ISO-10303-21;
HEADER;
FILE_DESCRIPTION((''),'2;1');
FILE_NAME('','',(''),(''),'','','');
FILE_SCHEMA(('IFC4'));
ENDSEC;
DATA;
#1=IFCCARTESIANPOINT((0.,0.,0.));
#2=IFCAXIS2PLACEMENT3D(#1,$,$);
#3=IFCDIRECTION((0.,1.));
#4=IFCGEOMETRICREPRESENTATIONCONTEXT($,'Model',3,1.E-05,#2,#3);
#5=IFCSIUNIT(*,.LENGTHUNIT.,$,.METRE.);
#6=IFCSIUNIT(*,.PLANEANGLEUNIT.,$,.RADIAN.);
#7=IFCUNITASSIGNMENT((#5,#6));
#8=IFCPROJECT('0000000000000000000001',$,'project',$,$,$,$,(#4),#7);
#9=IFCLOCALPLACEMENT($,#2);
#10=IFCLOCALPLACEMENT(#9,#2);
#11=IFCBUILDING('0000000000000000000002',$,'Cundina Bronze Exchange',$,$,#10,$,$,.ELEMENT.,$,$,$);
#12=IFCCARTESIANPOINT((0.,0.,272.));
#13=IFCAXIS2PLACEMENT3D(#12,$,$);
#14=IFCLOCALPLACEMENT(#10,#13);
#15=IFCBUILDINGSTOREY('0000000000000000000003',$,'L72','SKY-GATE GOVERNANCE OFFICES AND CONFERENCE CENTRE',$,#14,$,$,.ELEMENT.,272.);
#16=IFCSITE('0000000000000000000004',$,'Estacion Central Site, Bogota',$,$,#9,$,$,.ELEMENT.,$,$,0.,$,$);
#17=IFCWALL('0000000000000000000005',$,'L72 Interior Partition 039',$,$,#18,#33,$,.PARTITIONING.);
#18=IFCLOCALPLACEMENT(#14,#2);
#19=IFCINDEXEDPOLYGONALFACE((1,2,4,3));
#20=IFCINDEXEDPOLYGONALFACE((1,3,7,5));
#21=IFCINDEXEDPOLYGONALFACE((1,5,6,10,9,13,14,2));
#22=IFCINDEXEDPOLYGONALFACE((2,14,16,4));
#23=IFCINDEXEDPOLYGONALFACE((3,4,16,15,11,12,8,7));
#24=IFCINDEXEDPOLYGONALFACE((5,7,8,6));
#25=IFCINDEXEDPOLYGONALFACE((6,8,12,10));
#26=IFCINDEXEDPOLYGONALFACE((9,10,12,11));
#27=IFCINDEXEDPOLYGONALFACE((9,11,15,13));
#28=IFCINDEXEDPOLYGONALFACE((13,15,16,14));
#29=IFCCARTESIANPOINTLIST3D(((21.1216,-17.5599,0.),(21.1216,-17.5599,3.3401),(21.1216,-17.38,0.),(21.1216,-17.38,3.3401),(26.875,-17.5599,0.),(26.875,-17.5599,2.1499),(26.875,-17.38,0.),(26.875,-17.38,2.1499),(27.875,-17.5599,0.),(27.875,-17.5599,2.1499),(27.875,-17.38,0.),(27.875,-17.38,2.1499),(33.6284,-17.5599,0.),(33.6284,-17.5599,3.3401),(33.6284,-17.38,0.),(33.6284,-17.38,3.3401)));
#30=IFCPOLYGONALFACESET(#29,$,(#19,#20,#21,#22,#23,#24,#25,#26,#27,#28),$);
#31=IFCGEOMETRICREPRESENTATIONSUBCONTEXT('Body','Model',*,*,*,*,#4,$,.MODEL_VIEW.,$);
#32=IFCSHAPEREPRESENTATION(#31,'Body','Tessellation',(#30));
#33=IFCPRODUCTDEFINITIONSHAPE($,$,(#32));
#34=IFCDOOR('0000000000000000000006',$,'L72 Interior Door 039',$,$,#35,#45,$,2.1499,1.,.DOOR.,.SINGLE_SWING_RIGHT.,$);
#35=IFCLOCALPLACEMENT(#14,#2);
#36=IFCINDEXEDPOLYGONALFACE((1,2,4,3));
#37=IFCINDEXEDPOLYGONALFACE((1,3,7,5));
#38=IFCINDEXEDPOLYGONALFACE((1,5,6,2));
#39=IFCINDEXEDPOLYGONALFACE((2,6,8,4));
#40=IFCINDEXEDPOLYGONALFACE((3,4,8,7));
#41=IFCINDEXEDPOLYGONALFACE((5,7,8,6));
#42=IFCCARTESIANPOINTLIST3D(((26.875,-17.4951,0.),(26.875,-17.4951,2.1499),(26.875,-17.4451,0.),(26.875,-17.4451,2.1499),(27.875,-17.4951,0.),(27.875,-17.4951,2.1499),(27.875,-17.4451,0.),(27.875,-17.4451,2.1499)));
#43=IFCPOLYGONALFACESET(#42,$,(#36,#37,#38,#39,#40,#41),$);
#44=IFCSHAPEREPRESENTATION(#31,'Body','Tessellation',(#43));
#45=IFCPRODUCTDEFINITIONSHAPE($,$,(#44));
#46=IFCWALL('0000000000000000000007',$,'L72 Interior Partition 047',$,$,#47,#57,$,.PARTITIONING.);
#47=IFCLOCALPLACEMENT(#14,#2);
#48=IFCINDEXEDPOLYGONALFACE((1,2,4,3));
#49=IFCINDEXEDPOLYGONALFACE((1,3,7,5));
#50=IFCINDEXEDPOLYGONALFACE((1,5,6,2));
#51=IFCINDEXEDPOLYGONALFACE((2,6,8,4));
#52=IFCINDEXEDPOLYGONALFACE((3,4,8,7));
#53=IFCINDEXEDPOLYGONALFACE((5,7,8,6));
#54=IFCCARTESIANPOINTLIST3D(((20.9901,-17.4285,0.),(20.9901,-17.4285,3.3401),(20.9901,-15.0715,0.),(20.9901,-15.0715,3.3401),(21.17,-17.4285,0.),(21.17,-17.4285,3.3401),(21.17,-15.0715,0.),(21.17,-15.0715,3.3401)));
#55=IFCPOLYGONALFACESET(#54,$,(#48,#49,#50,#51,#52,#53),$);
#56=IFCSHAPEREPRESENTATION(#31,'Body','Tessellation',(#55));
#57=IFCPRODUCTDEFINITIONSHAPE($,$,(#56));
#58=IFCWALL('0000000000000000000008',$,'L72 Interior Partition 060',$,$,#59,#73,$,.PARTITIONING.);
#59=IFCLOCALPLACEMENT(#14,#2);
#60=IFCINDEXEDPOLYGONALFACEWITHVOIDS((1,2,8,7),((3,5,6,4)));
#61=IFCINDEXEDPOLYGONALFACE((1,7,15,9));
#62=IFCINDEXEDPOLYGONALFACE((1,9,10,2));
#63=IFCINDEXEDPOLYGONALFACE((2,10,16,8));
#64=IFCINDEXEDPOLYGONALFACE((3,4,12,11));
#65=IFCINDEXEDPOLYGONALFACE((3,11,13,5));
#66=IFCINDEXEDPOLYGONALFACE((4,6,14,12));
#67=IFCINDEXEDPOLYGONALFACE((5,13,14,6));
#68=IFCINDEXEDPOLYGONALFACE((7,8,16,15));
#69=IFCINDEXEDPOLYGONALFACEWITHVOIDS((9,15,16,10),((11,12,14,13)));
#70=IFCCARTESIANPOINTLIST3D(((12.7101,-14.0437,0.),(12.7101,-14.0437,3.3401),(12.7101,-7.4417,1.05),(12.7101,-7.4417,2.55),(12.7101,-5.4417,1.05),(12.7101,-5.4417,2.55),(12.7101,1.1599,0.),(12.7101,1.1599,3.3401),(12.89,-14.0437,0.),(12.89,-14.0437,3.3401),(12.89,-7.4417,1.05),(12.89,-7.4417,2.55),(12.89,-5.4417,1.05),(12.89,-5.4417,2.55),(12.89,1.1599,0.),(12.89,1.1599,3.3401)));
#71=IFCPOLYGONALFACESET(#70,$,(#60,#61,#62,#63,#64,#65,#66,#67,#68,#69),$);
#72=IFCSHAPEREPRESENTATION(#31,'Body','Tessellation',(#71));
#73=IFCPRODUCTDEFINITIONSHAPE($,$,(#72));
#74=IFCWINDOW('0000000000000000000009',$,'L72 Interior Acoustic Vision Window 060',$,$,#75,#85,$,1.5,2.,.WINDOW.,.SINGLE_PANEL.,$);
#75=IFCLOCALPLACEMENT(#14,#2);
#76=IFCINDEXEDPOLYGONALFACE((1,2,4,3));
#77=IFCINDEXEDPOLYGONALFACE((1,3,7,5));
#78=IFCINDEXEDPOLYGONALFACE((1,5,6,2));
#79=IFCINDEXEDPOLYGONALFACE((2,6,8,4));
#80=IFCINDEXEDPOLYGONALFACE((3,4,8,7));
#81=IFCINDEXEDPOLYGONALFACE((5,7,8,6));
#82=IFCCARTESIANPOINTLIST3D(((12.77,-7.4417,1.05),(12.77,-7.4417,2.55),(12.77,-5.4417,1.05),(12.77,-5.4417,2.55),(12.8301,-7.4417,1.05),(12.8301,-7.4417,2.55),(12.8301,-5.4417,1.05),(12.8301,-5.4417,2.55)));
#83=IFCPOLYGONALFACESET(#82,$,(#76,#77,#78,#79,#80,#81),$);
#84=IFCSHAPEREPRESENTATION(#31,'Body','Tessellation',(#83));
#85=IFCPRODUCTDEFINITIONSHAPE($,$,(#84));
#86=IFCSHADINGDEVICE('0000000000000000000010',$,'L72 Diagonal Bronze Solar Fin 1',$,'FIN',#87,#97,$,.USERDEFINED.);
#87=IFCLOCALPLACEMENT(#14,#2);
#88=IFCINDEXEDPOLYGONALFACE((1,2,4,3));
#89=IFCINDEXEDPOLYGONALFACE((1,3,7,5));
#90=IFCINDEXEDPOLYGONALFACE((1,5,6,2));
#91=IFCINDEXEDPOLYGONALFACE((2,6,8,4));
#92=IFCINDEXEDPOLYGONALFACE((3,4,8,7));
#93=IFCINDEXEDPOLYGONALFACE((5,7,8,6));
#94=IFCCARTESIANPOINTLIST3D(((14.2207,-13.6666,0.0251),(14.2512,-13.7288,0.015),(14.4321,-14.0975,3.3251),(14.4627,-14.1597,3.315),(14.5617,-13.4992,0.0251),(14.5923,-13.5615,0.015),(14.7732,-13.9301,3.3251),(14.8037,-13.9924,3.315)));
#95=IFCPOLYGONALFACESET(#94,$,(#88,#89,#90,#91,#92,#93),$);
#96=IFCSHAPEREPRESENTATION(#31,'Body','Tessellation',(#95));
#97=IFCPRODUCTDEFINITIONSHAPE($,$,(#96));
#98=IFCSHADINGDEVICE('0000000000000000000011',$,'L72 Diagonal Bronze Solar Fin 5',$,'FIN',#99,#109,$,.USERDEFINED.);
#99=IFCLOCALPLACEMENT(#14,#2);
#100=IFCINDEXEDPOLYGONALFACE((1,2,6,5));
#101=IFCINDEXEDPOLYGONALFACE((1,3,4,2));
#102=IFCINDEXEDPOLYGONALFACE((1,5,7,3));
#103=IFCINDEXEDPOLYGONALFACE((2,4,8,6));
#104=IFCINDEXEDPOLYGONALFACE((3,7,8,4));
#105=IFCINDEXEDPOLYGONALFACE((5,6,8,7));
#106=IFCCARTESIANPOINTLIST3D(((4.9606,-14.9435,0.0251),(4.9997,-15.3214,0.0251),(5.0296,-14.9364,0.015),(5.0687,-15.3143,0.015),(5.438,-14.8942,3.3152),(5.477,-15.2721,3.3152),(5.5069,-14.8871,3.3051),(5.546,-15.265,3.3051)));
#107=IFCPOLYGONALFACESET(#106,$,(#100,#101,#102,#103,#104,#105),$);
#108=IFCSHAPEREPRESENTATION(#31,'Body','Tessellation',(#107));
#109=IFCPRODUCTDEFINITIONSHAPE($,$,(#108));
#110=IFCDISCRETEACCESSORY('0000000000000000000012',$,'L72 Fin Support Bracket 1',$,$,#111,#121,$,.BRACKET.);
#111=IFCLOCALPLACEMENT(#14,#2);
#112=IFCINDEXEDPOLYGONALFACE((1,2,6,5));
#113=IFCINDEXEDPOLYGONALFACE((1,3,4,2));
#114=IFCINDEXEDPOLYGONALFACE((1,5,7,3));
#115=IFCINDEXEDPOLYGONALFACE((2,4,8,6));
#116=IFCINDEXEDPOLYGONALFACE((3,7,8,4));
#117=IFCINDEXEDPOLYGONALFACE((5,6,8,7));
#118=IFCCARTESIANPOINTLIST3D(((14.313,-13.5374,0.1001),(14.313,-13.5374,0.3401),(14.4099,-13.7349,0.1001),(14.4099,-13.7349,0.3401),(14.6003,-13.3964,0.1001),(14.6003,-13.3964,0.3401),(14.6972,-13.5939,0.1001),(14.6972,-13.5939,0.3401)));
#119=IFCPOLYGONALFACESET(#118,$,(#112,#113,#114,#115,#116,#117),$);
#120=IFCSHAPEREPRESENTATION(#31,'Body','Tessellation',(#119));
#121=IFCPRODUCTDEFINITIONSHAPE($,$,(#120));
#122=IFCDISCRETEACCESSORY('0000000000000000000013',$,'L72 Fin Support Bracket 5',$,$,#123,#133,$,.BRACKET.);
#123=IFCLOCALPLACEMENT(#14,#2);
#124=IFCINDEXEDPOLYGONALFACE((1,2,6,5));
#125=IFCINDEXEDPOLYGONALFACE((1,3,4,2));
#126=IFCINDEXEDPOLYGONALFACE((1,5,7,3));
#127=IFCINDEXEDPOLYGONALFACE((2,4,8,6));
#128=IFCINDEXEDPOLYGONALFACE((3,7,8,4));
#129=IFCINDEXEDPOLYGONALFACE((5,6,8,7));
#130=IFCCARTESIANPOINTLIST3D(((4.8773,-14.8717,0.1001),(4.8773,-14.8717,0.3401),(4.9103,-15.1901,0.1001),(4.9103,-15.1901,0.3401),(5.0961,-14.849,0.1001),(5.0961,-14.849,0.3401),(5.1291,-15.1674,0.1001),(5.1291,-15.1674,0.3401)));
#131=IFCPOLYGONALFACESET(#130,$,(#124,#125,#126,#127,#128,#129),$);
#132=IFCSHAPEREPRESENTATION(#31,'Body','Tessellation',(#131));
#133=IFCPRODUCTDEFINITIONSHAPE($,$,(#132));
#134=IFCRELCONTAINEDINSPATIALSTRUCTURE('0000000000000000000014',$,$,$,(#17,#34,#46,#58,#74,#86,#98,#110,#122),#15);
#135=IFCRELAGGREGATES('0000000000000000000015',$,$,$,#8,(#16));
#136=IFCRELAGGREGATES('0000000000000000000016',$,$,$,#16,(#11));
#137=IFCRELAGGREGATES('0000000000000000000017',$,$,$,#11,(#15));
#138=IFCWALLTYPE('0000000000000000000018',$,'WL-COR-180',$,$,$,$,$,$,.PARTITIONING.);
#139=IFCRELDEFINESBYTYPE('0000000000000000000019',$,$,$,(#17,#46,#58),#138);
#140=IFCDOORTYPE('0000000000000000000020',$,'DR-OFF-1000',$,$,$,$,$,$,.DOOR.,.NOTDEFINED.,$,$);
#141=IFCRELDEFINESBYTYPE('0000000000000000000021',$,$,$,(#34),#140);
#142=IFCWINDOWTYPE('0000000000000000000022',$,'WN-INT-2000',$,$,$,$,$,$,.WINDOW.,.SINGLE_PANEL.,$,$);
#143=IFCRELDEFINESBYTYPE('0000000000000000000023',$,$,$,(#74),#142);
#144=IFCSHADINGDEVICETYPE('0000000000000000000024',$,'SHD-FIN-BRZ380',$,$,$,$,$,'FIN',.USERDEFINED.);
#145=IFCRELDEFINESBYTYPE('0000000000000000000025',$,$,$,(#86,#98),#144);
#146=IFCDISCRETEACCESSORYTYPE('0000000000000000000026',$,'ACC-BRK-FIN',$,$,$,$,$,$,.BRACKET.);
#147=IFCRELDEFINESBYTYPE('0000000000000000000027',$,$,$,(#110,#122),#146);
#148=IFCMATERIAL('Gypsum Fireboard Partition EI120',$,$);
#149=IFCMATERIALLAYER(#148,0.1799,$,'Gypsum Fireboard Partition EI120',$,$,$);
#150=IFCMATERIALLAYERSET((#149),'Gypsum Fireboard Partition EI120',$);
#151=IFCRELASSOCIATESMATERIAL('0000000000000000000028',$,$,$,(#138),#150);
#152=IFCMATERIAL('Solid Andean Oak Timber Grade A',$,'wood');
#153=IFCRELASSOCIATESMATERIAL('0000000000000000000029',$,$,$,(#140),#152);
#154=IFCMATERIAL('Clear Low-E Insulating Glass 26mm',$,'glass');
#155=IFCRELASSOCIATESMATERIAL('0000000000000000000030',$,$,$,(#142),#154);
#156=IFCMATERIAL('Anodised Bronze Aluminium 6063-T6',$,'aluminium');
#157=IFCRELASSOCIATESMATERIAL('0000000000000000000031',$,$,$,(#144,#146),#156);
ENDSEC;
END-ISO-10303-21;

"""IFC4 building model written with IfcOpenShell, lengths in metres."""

from ifc_helpers import new_model, si_unit, direction, frame, frame_2d, origin, origin_2d, place, context, subcontext, project, spatial, rectangle, extrude, material, layer, layer_set, material_profile, profile_set, type_object, element, fill, save


model = new_model("IFC4")

# Units and contexts
model_context = context("Model", 3, precision=1e-05, world=origin(), true_north=direction((0.0, 1.0)))
body_context = subcontext(model_context, "Body", "Model", "MODEL_VIEW")
ifc_project = project(units=[si_unit("LENGTHUNIT", "METRE"), si_unit("PLANEANGLEUNIT", "RADIAN")], contexts=[model_context])

# Site, building, storey
site_placement = place(None, origin())
site = spatial("IfcSite", under=ifc_project, at=site_placement, Name="Estacion Central Site, Bogota", CompositionType="ELEMENT", RefElevation=0.0)
building_placement = place(site_placement, origin())
building = spatial("IfcBuilding", under=site, at=building_placement, Name="Cundina Bronze Exchange", CompositionType="ELEMENT")
storey_placement = place(building_placement, frame((0.0, 0.0, 272.0)))
storey = spatial("IfcBuildingStorey", under=building, at=storey_placement, Name="L72", Description="SKY-GATE GOVERNANCE OFFICES AND CONFERENCE CENTRE", CompositionType="ELEMENT", Elevation=272.0)

# Shared definitions
ifc_material_1 = material(Name="Anodised Bronze Aluminium 6063-T6", Category="aluminium")

# Shared definitions
ifc_material_2 = material(Name="Gypsum Fireboard Partition EI120")
ifc_layer_1 = layer(ifc_material_2, 0.1799, Name="Gypsum Fireboard Partition EI120")
ifc_layer_set_1 = layer_set([ifc_layer_1], Name="Gypsum Fireboard Partition EI120")
wall_type = type_object("IfcWallType", Name="WL-COR-180", PredefinedType="PARTITIONING", material=ifc_layer_set_1)

# Wall, opening, door
wall_1_placement = place(storey_placement, frame((21.1216, -17.47, 0.0), z_axis=(0.0, 0.0, 1.0), x_axis=(1.0, 0.0, 0.0)))
wall_1 = element("IfcWall", 1, at=wall_1_placement, inside=storey, type_object=wall_type, Name="L72 Interior Partition 039", PredefinedType="PARTITIONING", context=body_context, shape_type="SweptSolid", body=[
    extrude(rectangle(XDim=12.5068, YDim=0.1799, at=frame_2d((6.2534, 0.0))), origin(), (0.0, 0.0, 1.0), 3.3401),
])
opening_1_placement = place(wall_1_placement, frame((5.7534, 0.0, 0.0)))
opening_1 = element("IfcOpeningElement", 2, at=opening_1_placement, cuts=wall_1, PredefinedType="OPENING", context=body_context, shape_type="SweptSolid", body=[
    extrude(rectangle(XDim=1.0, YDim=2.1499, at=frame_2d((0.5, 1.075))), frame((0.0, 0.0999, 0.0), z_axis=(0.0, -1.0, 0.0), x_axis=(1.0, 0.0, 0.0)), (0.0, 0.0, 1.0), 0.2),
])
ifc_material_3 = material(Name="Solid Andean Oak Timber Grade A", Category="wood")
door_type = type_object("IfcDoorType", Name="DR-OFF-1000", OperationType="NOTDEFINED", PredefinedType="DOOR", material=ifc_material_3)
door_placement = place(opening_1_placement, origin())
door = element("IfcDoor", 3, at=door_placement, inside=storey, type_object=door_type, Name="L72 Interior Door 039", OperationType="SINGLE_SWING_RIGHT", OverallHeight=2.1499, OverallWidth=1.0, PredefinedType="DOOR", context=body_context, shape_type="SweptSolid", body=[
    extrude(rectangle(XDim=1.0, YDim=2.1499, at=frame_2d((0.5, 1.075))), frame((0.0, 0.0249, 0.0), z_axis=(0.0, -1.0, 0.0), x_axis=(1.0, 0.0, 0.0)), (0.0, 0.0, 1.0), 0.05),
])
fill(opening_1, door)

# Wall
wall_2_placement = place(storey_placement, frame((21.0801, -15.0715, 0.0), z_axis=(0.0, 0.0, 1.0), x_axis=(0.0, -1.0, 0.0)))
element("IfcWall", 4, at=wall_2_placement, inside=storey, type_object=wall_type, Name="L72 Interior Partition 047", PredefinedType="PARTITIONING", context=body_context, shape_type="SweptSolid", body=[
    extrude(rectangle(XDim=2.3569, YDim=0.1799, at=frame_2d((1.1785, 0.0))), origin(), (0.0, 0.0, 1.0), 3.3401),
])

# Wall, opening, window
wall_3_placement = place(storey_placement, frame((12.8, -14.0437, 0.0), z_axis=(0.0, 0.0, 1.0), x_axis=(0.0, 1.0, 0.0)))
wall_3 = element("IfcWall", 5, at=wall_3_placement, inside=storey, type_object=wall_type, Name="L72 Interior Partition 060", PredefinedType="PARTITIONING", context=body_context, shape_type="SweptSolid", body=[
    extrude(rectangle(XDim=15.2036, YDim=0.1799, at=frame_2d((7.6018, 0.0))), origin(), (0.0, 0.0, 1.0), 3.3401),
])
opening_2_placement = place(wall_3_placement, frame((6.6021, 0.0, 1.05)))
opening_2 = element("IfcOpeningElement", 6, at=opening_2_placement, cuts=wall_3, PredefinedType="OPENING", context=body_context, shape_type="SweptSolid", body=[
    extrude(rectangle(XDim=2.0, YDim=1.5, at=frame_2d((1.0, 0.75))), frame((0.0, 0.0999, 0.0), z_axis=(0.0, -1.0, 0.0), x_axis=(1.0, 0.0, 0.0)), (0.0, 0.0, 1.0), 0.2),
])
ifc_material_4 = material(Name="Clear Low-E Insulating Glass 26mm", Category="glass")
window_type = type_object("IfcWindowType", Name="WN-INT-2000", PartitioningType="SINGLE_PANEL", PredefinedType="WINDOW", material=ifc_material_4)
window_placement = place(opening_2_placement, origin())
window = element("IfcWindow", 7, at=window_placement, inside=storey, type_object=window_type, Name="L72 Interior Acoustic Vision Window 060", OverallHeight=1.5, OverallWidth=2.0, PartitioningType="SINGLE_PANEL", PredefinedType="WINDOW", context=body_context, shape_type="SweptSolid", body=[
    extrude(rectangle(XDim=2.0, YDim=1.5, at=frame_2d((1.0, 0.75))), frame((0.0, 0.03, 0.0), z_axis=(0.0, -1.0, 0.0), x_axis=(1.0, 0.0, 0.0)), (0.0, 0.0, 1.0), 0.0601),
])
fill(opening_2, window)

# Shading devices
ifc_material_profile_1 = material_profile(ifc_material_1, rectangle(XDim=0.0701, YDim=0.3799, at=origin_2d()), Name="FIN70X380", Category="aluminium")
ifc_profile_set_1 = profile_set([ifc_material_profile_1], Name="Anodised Bronze Aluminium 6063-T6")
shading_device_type = type_object("IfcShadingDeviceType", Name="SHD-FIN-BRZ380", ElementType="FIN", PredefinedType="USERDEFINED", material=ifc_profile_set_1)
shading_device_1_placement = place(storey_placement, frame((14.4065, -13.614, 0.02), z_axis=(0.0634, -0.129217, 0.989588), x_axis=(-0.4359, 0.888411, 0.143932)))
element("IfcShadingDevice", 8, at=shading_device_1_placement, inside=storey, type_object=shading_device_type, Name="L72 Diagonal Bronze Solar Fin 1", ObjectType="FIN", PredefinedType="USERDEFINED", context=body_context, shape_type="SweptSolid", body=[
    extrude(rectangle(XDim=0.0701, YDim=0.3799, at=origin_2d()), origin(), (0.0, 0.0, 1.0), 3.3347),
])
shading_device_2_placement = place(storey_placement, frame((5.0146, -15.1289, 0.02), z_axis=(0.143554, 0.014833, 0.989531), x_axis=(-0.984291, -0.101702, 0.144318)))
element("IfcShadingDevice", 9, at=shading_device_2_placement, inside=storey, type_object=shading_device_type, Name="L72 Diagonal Bronze Solar Fin 5", ObjectType="FIN", PredefinedType="USERDEFINED", context=body_context, shape_type="SweptSolid", body=[
    extrude(rectangle(XDim=0.0701, YDim=0.3799, at=origin_2d()), origin(), (0.0, 0.0, 1.0), 3.325),
])

# Discrete accessories
discrete_accessory_type = type_object("IfcDiscreteAccessoryType", Name="ACC-BRK-FIN", PredefinedType="BRACKET", material=ifc_material_1)
for number, where, z_axis, x_axis, name in (
    (10, (14.5051, -13.5657, 0.1001), (0.0, 0.0, 1.0), (0.440503, -0.897751, 0.0), "L72 Fin Support Bracket 1"),
    (11, (5.0032, -15.0195, 0.1001), (0.0, 0.0, 1.0), (0.994672, 0.103088, 0.0), "L72 Fin Support Bracket 5"),
):
    element("IfcDiscreteAccessory", number, at=place(storey_placement, frame(where, z_axis=z_axis, x_axis=x_axis)), inside=storey, type_object=discrete_accessory_type, Name=name, PredefinedType="BRACKET", context=body_context, shape_type="SweptSolid", body=[
        extrude(rectangle(XDim=0.22, YDim=0.3201, at=origin_2d()), origin(), (0.0, 0.0, 1.0), 0.24),
    ])

save(model, "model.ifc")
